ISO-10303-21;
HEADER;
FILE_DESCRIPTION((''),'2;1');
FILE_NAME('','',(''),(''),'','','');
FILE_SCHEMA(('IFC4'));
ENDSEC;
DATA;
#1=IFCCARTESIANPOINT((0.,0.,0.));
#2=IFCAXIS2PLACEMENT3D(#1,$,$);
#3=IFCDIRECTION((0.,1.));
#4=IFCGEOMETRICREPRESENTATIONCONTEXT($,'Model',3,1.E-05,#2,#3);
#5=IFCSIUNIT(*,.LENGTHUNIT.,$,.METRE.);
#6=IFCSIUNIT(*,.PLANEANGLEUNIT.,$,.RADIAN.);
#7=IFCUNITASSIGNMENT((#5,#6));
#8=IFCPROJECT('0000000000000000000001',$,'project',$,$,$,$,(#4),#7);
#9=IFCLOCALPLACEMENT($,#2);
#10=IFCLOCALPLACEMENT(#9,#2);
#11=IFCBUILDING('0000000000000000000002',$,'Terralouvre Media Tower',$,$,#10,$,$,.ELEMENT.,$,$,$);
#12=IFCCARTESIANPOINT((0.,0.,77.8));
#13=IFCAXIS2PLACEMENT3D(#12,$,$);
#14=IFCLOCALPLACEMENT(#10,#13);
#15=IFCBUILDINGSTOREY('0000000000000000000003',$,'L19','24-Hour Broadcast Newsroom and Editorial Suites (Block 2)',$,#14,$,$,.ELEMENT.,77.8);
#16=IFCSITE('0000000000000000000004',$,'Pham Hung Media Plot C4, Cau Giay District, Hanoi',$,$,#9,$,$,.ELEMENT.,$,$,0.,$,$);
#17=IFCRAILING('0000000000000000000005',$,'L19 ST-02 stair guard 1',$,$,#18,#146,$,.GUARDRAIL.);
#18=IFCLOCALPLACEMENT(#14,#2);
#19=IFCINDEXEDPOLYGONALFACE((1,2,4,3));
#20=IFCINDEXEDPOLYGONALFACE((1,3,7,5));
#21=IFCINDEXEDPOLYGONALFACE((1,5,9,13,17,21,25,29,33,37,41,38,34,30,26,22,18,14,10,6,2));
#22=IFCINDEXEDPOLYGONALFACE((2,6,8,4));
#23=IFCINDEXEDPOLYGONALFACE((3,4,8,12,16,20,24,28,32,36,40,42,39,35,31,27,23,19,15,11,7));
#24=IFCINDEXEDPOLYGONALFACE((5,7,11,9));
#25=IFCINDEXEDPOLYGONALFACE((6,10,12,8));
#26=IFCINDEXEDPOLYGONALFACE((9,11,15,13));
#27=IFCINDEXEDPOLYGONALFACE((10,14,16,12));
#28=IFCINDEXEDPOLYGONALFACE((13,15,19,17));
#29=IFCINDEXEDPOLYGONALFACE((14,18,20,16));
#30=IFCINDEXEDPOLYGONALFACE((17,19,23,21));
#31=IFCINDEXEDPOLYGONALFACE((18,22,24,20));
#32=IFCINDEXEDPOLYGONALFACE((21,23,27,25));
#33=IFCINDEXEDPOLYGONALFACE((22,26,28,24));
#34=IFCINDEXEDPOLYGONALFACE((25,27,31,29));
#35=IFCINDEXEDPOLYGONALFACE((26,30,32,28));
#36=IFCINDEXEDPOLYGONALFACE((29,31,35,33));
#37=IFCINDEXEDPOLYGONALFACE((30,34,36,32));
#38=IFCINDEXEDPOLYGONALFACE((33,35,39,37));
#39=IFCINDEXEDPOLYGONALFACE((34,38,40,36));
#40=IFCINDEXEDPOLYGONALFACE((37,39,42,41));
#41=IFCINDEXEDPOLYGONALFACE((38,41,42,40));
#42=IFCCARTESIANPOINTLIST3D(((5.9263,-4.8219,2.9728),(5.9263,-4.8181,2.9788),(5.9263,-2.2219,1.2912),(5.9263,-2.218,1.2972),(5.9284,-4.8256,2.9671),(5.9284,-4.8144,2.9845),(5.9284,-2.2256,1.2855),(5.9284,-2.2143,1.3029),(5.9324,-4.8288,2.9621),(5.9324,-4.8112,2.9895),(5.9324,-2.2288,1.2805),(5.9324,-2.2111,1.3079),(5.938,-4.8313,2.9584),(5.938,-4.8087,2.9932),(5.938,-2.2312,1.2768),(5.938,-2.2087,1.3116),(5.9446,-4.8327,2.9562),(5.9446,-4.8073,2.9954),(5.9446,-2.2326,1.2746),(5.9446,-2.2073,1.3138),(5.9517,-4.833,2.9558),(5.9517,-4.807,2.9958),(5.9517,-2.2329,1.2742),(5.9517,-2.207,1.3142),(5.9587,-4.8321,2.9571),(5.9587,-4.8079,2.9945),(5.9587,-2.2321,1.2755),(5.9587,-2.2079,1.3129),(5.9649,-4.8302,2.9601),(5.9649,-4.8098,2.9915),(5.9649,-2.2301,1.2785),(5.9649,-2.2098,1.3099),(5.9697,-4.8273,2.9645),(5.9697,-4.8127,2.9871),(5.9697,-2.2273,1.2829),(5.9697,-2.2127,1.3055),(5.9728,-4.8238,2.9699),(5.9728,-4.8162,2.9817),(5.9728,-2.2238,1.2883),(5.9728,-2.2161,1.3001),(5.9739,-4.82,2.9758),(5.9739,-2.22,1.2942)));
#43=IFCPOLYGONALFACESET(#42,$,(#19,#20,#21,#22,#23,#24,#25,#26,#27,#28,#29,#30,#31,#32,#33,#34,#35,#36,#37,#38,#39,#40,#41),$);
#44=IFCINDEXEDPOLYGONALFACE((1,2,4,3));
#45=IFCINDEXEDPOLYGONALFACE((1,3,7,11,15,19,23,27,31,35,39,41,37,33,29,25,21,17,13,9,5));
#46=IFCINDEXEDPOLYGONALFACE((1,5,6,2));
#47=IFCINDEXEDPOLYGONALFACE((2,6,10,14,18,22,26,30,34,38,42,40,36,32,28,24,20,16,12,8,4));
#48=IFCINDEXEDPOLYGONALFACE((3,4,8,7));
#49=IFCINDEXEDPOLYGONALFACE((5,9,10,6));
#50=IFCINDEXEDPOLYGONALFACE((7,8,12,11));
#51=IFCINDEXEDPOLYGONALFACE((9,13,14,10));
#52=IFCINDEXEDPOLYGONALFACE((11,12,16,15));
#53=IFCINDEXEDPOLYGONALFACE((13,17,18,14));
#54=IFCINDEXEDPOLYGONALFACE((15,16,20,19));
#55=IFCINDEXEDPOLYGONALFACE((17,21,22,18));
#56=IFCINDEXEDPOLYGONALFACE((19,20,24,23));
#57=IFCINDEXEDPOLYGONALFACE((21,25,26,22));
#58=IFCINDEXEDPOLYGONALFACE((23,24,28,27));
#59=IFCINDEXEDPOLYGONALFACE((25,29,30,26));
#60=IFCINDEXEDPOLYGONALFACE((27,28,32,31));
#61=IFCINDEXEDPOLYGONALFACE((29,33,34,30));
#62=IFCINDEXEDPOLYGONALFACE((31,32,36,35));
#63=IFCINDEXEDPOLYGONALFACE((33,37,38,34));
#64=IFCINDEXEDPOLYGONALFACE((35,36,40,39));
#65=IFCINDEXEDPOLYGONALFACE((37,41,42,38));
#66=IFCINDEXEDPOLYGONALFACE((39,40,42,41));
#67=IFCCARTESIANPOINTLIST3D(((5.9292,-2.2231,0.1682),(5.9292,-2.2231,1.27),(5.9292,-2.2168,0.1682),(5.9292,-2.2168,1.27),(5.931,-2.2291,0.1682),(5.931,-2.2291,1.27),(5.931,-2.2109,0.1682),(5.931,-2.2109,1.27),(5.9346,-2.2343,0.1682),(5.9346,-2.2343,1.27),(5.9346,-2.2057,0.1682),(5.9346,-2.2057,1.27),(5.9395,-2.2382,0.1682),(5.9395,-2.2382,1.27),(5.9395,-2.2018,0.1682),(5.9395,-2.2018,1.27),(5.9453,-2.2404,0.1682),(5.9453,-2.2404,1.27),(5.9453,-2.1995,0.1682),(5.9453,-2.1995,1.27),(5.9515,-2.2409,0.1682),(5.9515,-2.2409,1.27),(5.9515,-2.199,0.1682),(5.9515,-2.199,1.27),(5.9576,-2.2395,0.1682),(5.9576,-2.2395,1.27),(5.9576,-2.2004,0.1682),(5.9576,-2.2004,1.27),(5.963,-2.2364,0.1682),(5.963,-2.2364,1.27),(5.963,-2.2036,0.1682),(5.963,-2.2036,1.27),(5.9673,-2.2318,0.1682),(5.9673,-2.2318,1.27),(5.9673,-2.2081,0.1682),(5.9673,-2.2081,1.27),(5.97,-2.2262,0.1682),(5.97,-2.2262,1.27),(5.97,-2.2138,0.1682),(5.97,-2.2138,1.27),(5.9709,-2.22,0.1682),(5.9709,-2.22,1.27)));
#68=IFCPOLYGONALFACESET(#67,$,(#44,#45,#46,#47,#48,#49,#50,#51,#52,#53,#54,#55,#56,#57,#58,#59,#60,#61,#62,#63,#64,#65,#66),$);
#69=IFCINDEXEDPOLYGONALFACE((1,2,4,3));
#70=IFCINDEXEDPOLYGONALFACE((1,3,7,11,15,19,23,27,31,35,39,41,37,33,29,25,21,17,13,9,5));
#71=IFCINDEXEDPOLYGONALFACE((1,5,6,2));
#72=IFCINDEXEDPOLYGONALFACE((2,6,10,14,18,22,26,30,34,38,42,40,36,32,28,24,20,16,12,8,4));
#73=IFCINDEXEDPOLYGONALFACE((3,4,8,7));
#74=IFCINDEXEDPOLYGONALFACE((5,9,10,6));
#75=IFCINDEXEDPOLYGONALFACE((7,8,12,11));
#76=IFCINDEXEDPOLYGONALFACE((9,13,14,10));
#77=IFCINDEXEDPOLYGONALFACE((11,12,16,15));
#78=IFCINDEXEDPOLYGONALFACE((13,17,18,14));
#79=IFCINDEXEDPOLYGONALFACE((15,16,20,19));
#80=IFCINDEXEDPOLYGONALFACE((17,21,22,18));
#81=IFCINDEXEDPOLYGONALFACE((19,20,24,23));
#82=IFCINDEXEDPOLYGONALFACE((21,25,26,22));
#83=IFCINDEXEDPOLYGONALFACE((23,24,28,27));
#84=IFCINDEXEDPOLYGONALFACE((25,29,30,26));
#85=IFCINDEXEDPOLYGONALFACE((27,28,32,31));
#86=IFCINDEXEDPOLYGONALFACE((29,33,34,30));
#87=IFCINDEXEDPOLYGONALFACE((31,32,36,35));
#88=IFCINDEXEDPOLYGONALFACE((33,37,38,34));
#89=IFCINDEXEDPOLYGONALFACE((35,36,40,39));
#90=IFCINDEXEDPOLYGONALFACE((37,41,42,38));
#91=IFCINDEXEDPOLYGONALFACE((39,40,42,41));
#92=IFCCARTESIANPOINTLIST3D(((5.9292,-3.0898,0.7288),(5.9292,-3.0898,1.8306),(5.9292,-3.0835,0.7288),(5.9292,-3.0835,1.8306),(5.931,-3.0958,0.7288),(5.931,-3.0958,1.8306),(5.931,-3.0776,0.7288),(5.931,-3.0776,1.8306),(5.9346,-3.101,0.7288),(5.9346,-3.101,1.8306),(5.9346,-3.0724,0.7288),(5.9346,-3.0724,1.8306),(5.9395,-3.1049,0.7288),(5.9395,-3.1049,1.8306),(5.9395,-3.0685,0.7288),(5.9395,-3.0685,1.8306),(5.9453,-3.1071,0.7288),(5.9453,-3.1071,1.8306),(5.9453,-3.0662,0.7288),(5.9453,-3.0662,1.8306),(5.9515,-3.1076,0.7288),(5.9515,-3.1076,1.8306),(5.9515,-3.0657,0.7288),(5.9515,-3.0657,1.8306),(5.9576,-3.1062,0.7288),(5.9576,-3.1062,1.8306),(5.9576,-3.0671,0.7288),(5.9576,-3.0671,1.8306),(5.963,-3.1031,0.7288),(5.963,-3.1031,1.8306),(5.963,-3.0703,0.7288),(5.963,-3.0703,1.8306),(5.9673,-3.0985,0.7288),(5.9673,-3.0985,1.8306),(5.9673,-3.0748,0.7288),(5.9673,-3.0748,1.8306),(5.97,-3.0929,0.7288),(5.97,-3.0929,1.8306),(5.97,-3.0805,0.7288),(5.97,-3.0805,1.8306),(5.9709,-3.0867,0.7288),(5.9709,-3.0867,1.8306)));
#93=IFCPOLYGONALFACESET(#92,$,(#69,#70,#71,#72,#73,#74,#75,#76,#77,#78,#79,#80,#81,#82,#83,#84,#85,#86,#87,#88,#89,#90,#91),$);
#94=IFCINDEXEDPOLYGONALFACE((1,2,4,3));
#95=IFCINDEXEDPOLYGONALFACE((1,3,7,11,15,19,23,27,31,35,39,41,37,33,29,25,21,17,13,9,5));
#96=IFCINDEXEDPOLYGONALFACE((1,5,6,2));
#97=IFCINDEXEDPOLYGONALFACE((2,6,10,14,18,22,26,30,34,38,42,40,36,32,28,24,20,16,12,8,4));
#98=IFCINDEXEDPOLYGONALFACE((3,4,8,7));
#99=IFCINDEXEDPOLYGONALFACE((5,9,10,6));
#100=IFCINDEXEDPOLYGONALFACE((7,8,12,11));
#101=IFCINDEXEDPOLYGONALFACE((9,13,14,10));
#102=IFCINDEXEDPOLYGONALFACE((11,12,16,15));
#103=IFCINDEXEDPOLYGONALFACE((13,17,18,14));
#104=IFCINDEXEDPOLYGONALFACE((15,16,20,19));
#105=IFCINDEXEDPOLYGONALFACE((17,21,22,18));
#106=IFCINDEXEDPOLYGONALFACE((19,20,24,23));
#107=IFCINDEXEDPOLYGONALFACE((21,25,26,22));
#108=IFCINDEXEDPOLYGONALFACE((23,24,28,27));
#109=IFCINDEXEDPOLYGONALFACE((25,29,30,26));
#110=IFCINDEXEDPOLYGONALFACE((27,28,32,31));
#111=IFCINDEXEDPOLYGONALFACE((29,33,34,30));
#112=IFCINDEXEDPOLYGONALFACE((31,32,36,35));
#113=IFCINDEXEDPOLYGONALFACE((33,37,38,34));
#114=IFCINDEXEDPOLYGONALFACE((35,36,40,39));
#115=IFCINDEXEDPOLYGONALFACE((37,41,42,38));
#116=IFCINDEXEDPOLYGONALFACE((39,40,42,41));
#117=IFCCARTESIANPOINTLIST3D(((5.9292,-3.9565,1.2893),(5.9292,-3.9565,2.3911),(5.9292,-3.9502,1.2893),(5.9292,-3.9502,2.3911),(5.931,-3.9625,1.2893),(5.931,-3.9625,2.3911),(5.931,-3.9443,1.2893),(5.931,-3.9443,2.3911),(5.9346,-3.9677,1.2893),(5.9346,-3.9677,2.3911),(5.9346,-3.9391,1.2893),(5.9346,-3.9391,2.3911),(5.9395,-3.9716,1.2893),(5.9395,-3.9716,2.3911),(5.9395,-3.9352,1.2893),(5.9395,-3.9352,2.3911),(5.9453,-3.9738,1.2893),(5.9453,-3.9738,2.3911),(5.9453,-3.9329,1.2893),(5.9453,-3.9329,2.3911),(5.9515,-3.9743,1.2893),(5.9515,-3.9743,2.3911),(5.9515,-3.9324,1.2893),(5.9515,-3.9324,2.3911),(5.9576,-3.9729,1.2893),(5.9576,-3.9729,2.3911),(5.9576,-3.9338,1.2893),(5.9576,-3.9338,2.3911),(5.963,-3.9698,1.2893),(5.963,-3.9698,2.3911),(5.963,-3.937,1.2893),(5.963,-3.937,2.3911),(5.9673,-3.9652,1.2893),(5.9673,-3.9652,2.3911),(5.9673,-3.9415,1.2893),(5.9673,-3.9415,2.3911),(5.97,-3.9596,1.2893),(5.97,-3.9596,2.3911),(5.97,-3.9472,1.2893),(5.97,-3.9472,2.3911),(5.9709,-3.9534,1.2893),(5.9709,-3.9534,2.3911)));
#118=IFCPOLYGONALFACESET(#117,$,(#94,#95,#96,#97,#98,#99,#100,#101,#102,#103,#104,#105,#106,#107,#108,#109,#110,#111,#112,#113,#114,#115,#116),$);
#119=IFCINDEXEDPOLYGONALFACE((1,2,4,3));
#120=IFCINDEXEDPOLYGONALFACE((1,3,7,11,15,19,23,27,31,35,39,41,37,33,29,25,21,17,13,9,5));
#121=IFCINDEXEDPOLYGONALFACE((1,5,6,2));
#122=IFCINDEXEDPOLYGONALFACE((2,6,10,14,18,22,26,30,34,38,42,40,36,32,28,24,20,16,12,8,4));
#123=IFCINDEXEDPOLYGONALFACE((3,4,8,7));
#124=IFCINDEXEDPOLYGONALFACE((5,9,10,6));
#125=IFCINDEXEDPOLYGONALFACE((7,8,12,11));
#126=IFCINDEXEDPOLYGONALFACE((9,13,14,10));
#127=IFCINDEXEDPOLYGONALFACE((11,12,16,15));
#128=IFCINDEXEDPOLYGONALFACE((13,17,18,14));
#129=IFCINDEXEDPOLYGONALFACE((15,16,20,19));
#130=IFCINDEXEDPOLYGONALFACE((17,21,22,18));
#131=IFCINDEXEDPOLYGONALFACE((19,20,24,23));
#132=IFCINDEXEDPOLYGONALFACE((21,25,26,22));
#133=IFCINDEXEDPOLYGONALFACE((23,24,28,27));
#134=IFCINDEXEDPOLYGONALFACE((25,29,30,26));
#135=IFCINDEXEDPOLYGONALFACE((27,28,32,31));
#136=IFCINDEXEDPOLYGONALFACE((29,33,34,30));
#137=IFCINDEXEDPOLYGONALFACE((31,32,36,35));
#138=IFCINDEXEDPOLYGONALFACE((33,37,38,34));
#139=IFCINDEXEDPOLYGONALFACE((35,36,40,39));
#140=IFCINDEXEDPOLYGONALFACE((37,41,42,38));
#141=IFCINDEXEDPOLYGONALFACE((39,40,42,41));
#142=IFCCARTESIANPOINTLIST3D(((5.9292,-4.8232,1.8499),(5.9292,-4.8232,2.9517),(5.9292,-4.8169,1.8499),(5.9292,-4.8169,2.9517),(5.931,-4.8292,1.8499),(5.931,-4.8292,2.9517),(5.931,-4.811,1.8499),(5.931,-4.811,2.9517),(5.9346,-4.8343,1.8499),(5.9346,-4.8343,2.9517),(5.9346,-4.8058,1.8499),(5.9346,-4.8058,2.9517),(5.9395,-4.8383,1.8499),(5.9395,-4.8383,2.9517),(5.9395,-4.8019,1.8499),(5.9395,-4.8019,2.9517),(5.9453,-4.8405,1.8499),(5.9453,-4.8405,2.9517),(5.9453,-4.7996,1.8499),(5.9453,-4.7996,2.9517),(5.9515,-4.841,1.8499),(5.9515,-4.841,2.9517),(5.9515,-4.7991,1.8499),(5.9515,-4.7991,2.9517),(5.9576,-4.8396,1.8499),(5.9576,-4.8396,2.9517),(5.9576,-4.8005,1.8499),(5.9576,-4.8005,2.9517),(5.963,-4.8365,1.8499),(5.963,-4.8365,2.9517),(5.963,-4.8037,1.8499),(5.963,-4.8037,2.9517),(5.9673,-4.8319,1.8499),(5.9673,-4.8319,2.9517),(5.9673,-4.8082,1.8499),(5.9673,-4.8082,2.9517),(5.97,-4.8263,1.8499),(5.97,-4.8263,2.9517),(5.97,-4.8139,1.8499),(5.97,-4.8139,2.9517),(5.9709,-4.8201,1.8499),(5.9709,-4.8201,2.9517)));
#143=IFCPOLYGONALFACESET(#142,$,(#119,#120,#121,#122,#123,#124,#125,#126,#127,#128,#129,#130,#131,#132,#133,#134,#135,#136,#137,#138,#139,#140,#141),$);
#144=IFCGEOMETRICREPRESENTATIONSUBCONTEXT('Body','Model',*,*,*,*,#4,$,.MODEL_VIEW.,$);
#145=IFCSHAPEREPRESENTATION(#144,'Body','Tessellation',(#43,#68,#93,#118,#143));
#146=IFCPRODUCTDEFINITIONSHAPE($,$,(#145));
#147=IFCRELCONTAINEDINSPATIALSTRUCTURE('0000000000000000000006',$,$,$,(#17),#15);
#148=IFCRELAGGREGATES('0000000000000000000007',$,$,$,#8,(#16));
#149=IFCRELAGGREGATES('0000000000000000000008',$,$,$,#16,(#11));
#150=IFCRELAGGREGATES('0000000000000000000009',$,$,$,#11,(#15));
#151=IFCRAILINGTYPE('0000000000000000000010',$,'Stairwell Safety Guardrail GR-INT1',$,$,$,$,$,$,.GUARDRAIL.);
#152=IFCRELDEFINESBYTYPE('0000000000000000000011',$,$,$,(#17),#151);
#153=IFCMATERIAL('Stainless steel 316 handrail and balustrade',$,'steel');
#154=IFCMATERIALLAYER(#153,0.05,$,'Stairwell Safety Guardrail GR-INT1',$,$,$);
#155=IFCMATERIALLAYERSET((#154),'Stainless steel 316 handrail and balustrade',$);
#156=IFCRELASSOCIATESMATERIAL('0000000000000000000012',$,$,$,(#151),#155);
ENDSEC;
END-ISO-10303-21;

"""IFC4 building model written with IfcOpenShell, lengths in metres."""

from ifc_helpers import new_model, si_unit, direction, frame, origin, origin_2d, place, context, subcontext, project, spatial, circle, extrude, material, layer, layer_set, type_object, element, save


model = new_model("IFC4")

# Units and contexts
model_context = context("Model", 3, precision=1e-05, world=origin(), true_north=direction((0.0, 1.0)))
body_context = subcontext(model_context, "Body", "Model", "MODEL_VIEW")
ifc_project = project(units=[si_unit("LENGTHUNIT", "METRE"), si_unit("PLANEANGLEUNIT", "RADIAN")], contexts=[model_context])

# Site, building, storey
site_placement = place(None, origin())
site = spatial("IfcSite", under=ifc_project, at=site_placement, Name="Pham Hung Media Plot C4, Cau Giay District, Hanoi", CompositionType="ELEMENT", RefElevation=0.0)
building_placement = place(site_placement, origin())
building = spatial("IfcBuilding", under=site, at=building_placement, Name="Terralouvre Media Tower", CompositionType="ELEMENT")
storey_placement = place(building_placement, frame((0.0, 0.0, 77.8)))
storey = spatial("IfcBuildingStorey", under=building, at=storey_placement, Name="L19", Description="24-Hour Broadcast Newsroom and Editorial Suites (Block 2)", CompositionType="ELEMENT", Elevation=77.8)

# Railing
ifc_material_1 = material(Name="Stainless steel 316 handrail and balustrade", Category="steel")
ifc_layer_1 = layer(ifc_material_1, 0.05, Name="Stairwell Safety Guardrail GR-INT1")
ifc_layer_set_1 = layer_set([ifc_layer_1], Name="Stainless steel 316 handrail and balustrade")
railing_type_1 = type_object("IfcRailingType", Name="Stairwell Safety Guardrail GR-INT1", PredefinedType="GUARDRAIL", material=ifc_layer_set_1)
railing_1_placement = place(storey_placement, frame((5.95, -2.22, 0.1682)))
element("IfcRailing", 1, at=railing_1_placement, inside=storey, type_object=railing_type_1, Name="L19 ST-02 stair guard 1", PredefinedType="GUARDRAIL", context=body_context, shape_type="SweptSolid", body=[
    extrude(circle(Radius=0.0239, at=origin_2d()), frame((0.0, 0.0, 1.126), z_axis=(0.0, -0.839684, 0.543075), x_axis=(1.0, 0.0, 0.0)), (0.0, 0.0, 1.0), 3.0964),
    extrude(circle(Radius=0.021, at=origin_2d()), origin(), (0.0, 0.0, 1.0), 1.1018),
    extrude(circle(Radius=0.021, at=origin_2d()), frame((0.0, -0.8667, 0.5605)), (0.0, 0.0, 1.0), 1.1018),
    extrude(circle(Radius=0.021, at=origin_2d()), frame((0.0, -1.7334, 1.1211)), (0.0, 0.0, 1.0), 1.1018),
    extrude(circle(Radius=0.021, at=origin_2d()), frame((0.0, -2.6001, 1.6816)), (0.0, 0.0, 1.0), 1.1018),
])

save(model, "model.ifc")
